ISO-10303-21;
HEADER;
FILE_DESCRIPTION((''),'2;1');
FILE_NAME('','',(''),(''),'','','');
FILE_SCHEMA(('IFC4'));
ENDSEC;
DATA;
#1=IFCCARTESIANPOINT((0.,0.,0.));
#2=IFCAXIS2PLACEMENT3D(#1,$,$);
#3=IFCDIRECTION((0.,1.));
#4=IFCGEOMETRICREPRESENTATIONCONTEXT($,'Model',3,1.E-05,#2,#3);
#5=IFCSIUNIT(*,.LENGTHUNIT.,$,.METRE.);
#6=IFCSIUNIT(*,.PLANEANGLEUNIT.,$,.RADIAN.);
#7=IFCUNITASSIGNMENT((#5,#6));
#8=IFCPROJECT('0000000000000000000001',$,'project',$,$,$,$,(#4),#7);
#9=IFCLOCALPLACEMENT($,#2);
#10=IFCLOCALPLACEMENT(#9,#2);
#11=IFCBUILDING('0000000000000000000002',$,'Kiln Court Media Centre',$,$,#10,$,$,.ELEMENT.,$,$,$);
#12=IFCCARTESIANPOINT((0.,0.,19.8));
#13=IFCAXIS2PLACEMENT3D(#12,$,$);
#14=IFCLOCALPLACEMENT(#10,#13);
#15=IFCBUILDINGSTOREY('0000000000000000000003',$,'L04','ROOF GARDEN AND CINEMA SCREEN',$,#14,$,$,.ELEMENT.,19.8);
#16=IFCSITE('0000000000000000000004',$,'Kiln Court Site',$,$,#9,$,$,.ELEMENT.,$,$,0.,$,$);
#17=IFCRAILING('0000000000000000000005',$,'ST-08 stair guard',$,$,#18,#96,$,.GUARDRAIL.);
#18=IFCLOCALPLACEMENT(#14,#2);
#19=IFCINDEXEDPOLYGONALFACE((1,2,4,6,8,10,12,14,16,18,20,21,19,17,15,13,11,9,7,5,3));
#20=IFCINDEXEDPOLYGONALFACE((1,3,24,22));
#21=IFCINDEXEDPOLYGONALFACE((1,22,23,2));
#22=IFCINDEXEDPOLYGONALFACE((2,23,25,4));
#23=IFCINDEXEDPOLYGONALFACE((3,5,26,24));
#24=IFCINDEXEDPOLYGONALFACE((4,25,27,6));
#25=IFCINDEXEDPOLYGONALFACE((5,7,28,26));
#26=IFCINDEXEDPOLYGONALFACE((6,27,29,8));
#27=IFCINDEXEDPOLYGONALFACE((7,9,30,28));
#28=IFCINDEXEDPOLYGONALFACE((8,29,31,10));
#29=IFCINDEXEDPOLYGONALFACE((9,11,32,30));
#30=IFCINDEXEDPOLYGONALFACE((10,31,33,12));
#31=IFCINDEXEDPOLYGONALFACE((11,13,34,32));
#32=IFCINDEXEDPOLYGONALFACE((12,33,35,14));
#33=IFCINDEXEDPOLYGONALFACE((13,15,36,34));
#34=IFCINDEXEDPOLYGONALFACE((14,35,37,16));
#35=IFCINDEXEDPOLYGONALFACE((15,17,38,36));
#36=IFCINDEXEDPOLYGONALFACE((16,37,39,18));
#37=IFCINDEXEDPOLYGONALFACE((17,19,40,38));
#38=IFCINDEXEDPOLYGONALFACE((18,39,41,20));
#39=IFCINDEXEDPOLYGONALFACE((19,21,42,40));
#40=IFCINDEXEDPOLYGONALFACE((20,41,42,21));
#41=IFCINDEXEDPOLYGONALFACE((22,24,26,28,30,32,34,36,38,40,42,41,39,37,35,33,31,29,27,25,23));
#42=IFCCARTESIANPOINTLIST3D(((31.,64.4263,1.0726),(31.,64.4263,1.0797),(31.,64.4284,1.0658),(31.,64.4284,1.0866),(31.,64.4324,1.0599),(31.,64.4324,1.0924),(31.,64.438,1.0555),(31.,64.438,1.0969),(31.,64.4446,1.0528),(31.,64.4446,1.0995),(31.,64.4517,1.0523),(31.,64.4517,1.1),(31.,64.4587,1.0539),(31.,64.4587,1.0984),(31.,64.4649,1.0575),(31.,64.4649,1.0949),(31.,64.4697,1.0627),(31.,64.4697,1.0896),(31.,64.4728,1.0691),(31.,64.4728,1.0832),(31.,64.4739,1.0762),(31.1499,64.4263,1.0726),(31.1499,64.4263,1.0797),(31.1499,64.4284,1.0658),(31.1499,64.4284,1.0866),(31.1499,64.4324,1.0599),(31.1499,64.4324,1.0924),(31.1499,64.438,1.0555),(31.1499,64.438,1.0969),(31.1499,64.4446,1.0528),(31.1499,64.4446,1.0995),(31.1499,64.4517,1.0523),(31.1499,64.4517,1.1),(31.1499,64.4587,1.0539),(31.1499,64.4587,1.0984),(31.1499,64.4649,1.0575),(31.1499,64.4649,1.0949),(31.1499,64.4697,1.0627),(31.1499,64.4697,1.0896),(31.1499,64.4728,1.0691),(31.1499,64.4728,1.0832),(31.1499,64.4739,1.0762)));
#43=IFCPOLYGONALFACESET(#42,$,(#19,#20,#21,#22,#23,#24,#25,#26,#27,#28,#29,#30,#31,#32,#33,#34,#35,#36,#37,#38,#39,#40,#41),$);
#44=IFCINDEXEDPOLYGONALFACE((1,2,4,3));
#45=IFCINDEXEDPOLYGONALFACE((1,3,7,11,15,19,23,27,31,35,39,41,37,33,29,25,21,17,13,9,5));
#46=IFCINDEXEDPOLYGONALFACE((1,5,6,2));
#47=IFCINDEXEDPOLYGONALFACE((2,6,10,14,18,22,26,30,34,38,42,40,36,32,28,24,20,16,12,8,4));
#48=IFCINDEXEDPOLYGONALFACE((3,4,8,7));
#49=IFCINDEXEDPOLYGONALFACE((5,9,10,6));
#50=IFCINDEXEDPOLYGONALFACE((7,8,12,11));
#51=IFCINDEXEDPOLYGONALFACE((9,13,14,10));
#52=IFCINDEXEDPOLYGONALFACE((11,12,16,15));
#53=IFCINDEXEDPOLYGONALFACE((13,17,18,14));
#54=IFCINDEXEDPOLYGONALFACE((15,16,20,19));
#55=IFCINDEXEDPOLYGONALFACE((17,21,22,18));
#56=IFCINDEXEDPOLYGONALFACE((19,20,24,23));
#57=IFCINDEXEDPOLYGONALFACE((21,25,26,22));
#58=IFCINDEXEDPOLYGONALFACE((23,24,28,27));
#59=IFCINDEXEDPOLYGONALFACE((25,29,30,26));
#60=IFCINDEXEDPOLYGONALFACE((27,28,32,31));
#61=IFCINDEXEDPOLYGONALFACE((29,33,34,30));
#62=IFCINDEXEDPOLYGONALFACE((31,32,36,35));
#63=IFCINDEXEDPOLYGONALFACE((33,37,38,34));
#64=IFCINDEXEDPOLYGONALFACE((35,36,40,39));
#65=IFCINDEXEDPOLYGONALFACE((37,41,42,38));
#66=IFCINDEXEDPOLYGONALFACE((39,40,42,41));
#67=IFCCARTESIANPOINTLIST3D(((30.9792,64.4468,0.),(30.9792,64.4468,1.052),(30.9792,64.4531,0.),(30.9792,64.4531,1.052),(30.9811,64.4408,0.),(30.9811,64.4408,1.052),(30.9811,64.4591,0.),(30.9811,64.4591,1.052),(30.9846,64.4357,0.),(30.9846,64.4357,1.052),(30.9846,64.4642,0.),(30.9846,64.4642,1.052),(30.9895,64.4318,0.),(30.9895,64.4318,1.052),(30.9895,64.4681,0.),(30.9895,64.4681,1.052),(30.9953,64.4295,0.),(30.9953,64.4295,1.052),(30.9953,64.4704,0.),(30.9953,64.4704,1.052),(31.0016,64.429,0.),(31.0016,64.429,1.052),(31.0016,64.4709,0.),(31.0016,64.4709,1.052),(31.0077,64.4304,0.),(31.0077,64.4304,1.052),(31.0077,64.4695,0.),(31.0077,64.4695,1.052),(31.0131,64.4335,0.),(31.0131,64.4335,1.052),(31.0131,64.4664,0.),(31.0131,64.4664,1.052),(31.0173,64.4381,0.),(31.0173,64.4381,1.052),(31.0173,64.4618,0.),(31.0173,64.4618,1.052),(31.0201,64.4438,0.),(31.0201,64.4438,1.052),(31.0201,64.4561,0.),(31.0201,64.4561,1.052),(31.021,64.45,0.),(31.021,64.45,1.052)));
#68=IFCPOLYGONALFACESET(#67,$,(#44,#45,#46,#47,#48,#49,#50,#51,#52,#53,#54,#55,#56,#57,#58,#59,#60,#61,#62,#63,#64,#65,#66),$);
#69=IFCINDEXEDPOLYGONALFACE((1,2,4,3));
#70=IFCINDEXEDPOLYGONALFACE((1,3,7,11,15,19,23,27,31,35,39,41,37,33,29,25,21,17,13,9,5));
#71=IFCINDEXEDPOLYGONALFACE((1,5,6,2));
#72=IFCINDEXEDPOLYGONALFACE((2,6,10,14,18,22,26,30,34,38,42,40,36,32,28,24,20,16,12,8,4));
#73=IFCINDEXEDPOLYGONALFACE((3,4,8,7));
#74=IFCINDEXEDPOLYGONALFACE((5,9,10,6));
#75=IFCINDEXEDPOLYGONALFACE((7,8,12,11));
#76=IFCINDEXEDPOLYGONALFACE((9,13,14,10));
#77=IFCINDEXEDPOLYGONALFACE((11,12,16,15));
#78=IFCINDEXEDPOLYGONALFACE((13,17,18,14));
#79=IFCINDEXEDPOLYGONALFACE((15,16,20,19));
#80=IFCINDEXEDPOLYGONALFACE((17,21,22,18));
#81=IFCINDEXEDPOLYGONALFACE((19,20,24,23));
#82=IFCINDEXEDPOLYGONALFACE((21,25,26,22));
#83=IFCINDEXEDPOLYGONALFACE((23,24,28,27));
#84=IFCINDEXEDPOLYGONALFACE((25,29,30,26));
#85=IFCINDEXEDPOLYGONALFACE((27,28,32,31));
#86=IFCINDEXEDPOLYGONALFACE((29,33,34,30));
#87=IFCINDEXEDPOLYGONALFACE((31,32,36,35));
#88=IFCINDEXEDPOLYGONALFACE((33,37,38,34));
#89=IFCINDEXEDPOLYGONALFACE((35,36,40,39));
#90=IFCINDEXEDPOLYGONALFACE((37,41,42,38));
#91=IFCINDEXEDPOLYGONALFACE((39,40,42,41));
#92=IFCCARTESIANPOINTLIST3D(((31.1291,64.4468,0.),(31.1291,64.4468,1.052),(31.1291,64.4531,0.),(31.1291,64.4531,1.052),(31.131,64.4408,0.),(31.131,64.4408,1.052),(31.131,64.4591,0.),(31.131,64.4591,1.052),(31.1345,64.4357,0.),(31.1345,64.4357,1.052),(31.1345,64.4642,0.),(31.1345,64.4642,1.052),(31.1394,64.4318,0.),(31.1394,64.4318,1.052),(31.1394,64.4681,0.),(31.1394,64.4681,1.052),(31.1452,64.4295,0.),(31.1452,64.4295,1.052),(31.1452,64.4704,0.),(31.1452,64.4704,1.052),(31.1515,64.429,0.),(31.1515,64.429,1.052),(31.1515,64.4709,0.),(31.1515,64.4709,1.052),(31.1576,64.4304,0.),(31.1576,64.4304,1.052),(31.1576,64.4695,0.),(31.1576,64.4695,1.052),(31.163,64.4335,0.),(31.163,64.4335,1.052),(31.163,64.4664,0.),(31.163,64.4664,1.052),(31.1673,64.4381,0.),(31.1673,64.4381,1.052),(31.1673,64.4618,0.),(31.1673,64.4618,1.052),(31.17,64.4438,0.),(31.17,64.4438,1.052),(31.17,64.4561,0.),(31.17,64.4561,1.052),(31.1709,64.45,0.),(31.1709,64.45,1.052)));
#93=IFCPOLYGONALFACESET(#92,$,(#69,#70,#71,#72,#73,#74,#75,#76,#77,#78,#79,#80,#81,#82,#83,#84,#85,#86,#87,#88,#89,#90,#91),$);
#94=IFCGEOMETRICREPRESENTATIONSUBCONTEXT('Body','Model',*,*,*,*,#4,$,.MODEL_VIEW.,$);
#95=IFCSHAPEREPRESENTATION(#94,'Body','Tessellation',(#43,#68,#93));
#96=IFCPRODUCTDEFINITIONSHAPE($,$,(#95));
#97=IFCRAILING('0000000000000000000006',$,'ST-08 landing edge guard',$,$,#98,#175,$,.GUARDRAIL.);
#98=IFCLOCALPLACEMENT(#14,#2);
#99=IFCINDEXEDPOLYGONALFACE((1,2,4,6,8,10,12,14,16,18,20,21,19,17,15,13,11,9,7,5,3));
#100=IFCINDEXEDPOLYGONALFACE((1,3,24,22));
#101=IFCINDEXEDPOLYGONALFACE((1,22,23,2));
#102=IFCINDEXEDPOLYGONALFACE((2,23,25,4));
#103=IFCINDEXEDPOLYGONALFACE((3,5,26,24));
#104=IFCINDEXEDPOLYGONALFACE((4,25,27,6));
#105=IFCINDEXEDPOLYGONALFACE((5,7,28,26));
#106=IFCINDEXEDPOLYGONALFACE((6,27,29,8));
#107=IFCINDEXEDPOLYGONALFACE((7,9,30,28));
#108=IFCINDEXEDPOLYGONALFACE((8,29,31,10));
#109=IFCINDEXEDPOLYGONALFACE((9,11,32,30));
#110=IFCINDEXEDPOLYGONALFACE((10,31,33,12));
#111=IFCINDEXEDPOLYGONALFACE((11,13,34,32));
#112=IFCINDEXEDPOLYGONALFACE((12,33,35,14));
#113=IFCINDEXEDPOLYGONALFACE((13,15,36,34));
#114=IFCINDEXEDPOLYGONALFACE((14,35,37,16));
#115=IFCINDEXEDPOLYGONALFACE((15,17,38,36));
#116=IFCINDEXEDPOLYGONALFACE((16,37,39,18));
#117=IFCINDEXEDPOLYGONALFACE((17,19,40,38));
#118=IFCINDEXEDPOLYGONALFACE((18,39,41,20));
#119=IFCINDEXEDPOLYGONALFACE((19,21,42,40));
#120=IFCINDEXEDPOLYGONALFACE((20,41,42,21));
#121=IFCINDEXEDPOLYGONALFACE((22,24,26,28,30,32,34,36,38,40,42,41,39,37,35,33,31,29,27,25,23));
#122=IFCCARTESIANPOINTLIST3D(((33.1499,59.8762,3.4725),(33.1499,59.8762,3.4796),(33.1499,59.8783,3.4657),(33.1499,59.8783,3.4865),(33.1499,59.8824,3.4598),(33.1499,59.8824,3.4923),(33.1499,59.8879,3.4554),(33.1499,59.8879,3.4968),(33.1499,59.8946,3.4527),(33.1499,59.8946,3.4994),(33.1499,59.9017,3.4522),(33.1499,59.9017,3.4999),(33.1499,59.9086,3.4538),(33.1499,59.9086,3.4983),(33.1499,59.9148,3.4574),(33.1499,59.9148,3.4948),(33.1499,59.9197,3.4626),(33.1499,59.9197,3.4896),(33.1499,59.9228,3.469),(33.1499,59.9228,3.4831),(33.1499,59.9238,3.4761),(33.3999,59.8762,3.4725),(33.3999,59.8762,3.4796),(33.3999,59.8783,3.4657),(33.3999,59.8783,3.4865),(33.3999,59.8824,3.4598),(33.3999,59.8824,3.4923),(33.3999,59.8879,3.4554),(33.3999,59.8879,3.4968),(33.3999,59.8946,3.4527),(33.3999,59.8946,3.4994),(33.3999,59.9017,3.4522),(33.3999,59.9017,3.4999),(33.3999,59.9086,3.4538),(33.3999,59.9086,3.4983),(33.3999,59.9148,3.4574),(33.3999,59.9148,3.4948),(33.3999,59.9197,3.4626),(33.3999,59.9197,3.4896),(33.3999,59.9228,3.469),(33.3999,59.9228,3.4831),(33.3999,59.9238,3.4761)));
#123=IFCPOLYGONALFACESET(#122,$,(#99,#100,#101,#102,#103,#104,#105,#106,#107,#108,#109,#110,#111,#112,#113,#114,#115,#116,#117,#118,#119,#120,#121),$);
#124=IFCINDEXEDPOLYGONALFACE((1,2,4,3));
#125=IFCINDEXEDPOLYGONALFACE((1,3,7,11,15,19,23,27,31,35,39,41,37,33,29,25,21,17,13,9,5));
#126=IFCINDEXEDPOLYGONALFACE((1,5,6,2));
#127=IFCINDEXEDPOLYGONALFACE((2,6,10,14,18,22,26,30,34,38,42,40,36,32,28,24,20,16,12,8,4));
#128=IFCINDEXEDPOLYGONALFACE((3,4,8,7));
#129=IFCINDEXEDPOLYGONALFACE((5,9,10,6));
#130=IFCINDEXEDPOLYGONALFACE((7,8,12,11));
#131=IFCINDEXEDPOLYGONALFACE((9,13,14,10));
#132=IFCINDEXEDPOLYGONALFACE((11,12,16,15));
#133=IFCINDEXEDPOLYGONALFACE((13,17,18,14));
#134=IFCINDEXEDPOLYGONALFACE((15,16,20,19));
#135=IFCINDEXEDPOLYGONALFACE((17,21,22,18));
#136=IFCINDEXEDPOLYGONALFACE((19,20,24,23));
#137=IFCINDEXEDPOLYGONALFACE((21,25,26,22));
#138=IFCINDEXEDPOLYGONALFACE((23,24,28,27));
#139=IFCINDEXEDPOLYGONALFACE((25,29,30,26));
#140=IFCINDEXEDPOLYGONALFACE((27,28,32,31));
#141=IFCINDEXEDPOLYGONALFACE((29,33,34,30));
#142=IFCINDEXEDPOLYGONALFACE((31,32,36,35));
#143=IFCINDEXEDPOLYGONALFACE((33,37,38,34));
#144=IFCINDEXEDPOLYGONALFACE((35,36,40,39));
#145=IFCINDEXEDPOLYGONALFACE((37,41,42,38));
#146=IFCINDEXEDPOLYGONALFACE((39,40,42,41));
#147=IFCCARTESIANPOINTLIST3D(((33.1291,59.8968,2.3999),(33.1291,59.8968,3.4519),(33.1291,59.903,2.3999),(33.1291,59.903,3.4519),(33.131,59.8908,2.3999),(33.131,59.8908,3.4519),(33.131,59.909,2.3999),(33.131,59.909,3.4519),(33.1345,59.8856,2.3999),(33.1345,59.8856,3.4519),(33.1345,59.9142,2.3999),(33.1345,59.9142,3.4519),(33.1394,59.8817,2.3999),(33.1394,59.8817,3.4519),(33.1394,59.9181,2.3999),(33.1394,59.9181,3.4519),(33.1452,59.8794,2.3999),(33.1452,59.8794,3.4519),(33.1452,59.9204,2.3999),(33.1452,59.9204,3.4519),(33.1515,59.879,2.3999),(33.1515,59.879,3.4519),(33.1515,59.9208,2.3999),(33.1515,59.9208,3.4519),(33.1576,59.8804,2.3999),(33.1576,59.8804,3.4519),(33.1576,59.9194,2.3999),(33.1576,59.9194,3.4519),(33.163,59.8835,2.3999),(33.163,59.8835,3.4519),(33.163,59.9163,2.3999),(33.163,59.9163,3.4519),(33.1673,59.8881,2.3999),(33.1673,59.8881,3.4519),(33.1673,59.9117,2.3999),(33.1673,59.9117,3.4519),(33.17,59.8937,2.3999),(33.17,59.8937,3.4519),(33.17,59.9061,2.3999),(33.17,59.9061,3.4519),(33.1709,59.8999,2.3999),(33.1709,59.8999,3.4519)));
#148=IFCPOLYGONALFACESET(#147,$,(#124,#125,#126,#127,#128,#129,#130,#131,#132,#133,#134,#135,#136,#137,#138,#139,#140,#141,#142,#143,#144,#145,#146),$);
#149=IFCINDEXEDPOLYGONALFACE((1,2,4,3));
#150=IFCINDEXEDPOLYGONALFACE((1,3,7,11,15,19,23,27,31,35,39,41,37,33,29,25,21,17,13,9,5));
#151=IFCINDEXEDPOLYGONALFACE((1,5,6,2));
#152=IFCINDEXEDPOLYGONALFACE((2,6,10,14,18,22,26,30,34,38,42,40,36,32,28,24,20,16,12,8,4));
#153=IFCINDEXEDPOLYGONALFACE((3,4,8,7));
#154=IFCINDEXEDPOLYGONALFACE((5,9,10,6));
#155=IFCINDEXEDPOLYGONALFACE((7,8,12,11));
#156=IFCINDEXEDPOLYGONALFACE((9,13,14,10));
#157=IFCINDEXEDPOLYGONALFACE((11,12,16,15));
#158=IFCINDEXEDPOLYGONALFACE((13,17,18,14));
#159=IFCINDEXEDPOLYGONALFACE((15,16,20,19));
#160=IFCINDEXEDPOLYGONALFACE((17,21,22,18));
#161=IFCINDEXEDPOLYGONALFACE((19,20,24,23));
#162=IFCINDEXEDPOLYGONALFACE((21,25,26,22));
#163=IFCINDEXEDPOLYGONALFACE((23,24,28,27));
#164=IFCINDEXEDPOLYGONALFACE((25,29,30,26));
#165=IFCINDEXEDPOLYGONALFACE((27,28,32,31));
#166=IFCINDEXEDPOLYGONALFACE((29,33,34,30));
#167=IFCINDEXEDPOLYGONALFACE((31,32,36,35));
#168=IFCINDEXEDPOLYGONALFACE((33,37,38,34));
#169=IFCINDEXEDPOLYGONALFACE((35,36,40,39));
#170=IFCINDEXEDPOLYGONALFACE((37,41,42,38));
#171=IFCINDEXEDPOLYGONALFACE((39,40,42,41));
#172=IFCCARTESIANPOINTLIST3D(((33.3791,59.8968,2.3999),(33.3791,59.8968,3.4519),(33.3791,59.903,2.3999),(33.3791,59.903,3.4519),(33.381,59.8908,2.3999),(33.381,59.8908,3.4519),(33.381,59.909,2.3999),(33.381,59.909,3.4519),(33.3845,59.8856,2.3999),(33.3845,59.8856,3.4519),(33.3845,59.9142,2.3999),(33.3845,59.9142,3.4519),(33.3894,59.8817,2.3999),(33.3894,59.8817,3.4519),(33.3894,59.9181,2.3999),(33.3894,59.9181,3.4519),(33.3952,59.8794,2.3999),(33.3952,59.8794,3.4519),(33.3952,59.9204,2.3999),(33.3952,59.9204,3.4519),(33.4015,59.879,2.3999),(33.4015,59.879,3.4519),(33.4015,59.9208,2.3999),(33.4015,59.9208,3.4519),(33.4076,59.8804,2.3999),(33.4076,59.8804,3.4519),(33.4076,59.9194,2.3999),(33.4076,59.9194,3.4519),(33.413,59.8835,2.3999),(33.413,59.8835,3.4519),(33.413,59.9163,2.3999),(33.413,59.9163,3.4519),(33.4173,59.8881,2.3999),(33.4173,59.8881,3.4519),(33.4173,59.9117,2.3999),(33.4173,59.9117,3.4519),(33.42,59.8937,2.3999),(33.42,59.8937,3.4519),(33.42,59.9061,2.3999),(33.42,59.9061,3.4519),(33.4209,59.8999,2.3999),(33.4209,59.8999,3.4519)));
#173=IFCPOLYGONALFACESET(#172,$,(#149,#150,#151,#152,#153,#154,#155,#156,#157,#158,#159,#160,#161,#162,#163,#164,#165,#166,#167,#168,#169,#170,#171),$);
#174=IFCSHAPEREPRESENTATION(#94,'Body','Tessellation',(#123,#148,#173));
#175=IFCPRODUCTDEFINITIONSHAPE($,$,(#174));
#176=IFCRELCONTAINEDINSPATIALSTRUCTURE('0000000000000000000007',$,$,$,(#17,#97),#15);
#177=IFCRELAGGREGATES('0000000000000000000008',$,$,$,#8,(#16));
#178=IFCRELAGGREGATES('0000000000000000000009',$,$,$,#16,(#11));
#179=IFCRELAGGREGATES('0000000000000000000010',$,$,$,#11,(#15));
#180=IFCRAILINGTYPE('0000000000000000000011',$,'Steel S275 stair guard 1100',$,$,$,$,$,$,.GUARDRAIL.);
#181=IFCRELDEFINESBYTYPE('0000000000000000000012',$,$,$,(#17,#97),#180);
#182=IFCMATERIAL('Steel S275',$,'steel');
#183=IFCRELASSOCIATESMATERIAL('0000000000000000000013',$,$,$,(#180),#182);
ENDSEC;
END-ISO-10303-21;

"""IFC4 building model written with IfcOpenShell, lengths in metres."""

from ifc_helpers import new_model, si_unit, direction, frame, origin, origin_2d, place, context, subcontext, project, spatial, circle, extrude, material, type_object, element, save


model = new_model("IFC4")

# Units and contexts
model_context = context("Model", 3, precision=1e-05, world=origin(), true_north=direction((0.0, 1.0)))
body_context = subcontext(model_context, "Body", "Model", "MODEL_VIEW")
ifc_project = project(units=[si_unit("LENGTHUNIT", "METRE"), si_unit("PLANEANGLEUNIT", "RADIAN")], contexts=[model_context])

# Site, building, storey
site_placement = place(None, origin())
site = spatial("IfcSite", under=ifc_project, at=site_placement, Name="Kiln Court Site", CompositionType="ELEMENT", RefElevation=0.0)
building_placement = place(site_placement, origin())
building = spatial("IfcBuilding", under=site, at=building_placement, Name="Kiln Court Media Centre", CompositionType="ELEMENT")
storey_placement = place(building_placement, frame((0.0, 0.0, 19.8)))
storey = spatial("IfcBuildingStorey", under=building, at=storey_placement, Name="L04", Description="ROOF GARDEN AND CINEMA SCREEN", CompositionType="ELEMENT", Elevation=19.8)

# Railings
ifc_material_1 = material(Name="Steel S275", Category="steel")
railing_type_1 = type_object("IfcRailingType", Name="Steel S275 stair guard 1100", PredefinedType="GUARDRAIL", material=ifc_material_1)
railing_1_placement = place(storey_placement, frame((31.0, 64.45, 0.0)))
element("IfcRailing", 1, at=railing_1_placement, inside=storey, type_object=railing_type_1, Name="ST-08 stair guard", PredefinedType="GUARDRAIL", context=body_context, shape_type="SweptSolid", body=[
    extrude(circle(Radius=0.0239, at=origin_2d()), frame((0.0, 0.0, 1.0762), z_axis=(1.0, 0.0, 0.0), x_axis=(0.0, 1.0, 0.0)), (0.0, 0.0, 1.0), 0.1499),
    extrude(circle(Radius=0.021, at=origin_2d()), origin(), (0.0, 0.0, 1.0), 1.052),
    extrude(circle(Radius=0.021, at=origin_2d()), frame((0.1499, 0.0, 0.0)), (0.0, 0.0, 1.0), 1.052),
])
for number, where, name in (
    (2, (33.1499, 59.8999, 2.3999), "ST-08 landing edge guard"),
):
    element("IfcRailing", number, at=place(storey_placement, frame(where)), inside=storey, type_object=railing_type_1, Name=name, PredefinedType="GUARDRAIL", context=body_context, shape_type="SweptSolid", body=[
        extrude(circle(Radius=0.0239, at=origin_2d()), frame((0.0, 0.0, 1.0762), z_axis=(1.0, 0.0, 0.0), x_axis=(0.0, 1.0, 0.0)), (0.0, 0.0, 1.0), 0.25),
        extrude(circle(Radius=0.021, at=origin_2d()), origin(), (0.0, 0.0, 1.0), 1.052),
        extrude(circle(Radius=0.021, at=origin_2d()), frame((0.25, 0.0, 0.0)), (0.0, 0.0, 1.0), 1.052),
    ])

save(model, "model.ifc")
